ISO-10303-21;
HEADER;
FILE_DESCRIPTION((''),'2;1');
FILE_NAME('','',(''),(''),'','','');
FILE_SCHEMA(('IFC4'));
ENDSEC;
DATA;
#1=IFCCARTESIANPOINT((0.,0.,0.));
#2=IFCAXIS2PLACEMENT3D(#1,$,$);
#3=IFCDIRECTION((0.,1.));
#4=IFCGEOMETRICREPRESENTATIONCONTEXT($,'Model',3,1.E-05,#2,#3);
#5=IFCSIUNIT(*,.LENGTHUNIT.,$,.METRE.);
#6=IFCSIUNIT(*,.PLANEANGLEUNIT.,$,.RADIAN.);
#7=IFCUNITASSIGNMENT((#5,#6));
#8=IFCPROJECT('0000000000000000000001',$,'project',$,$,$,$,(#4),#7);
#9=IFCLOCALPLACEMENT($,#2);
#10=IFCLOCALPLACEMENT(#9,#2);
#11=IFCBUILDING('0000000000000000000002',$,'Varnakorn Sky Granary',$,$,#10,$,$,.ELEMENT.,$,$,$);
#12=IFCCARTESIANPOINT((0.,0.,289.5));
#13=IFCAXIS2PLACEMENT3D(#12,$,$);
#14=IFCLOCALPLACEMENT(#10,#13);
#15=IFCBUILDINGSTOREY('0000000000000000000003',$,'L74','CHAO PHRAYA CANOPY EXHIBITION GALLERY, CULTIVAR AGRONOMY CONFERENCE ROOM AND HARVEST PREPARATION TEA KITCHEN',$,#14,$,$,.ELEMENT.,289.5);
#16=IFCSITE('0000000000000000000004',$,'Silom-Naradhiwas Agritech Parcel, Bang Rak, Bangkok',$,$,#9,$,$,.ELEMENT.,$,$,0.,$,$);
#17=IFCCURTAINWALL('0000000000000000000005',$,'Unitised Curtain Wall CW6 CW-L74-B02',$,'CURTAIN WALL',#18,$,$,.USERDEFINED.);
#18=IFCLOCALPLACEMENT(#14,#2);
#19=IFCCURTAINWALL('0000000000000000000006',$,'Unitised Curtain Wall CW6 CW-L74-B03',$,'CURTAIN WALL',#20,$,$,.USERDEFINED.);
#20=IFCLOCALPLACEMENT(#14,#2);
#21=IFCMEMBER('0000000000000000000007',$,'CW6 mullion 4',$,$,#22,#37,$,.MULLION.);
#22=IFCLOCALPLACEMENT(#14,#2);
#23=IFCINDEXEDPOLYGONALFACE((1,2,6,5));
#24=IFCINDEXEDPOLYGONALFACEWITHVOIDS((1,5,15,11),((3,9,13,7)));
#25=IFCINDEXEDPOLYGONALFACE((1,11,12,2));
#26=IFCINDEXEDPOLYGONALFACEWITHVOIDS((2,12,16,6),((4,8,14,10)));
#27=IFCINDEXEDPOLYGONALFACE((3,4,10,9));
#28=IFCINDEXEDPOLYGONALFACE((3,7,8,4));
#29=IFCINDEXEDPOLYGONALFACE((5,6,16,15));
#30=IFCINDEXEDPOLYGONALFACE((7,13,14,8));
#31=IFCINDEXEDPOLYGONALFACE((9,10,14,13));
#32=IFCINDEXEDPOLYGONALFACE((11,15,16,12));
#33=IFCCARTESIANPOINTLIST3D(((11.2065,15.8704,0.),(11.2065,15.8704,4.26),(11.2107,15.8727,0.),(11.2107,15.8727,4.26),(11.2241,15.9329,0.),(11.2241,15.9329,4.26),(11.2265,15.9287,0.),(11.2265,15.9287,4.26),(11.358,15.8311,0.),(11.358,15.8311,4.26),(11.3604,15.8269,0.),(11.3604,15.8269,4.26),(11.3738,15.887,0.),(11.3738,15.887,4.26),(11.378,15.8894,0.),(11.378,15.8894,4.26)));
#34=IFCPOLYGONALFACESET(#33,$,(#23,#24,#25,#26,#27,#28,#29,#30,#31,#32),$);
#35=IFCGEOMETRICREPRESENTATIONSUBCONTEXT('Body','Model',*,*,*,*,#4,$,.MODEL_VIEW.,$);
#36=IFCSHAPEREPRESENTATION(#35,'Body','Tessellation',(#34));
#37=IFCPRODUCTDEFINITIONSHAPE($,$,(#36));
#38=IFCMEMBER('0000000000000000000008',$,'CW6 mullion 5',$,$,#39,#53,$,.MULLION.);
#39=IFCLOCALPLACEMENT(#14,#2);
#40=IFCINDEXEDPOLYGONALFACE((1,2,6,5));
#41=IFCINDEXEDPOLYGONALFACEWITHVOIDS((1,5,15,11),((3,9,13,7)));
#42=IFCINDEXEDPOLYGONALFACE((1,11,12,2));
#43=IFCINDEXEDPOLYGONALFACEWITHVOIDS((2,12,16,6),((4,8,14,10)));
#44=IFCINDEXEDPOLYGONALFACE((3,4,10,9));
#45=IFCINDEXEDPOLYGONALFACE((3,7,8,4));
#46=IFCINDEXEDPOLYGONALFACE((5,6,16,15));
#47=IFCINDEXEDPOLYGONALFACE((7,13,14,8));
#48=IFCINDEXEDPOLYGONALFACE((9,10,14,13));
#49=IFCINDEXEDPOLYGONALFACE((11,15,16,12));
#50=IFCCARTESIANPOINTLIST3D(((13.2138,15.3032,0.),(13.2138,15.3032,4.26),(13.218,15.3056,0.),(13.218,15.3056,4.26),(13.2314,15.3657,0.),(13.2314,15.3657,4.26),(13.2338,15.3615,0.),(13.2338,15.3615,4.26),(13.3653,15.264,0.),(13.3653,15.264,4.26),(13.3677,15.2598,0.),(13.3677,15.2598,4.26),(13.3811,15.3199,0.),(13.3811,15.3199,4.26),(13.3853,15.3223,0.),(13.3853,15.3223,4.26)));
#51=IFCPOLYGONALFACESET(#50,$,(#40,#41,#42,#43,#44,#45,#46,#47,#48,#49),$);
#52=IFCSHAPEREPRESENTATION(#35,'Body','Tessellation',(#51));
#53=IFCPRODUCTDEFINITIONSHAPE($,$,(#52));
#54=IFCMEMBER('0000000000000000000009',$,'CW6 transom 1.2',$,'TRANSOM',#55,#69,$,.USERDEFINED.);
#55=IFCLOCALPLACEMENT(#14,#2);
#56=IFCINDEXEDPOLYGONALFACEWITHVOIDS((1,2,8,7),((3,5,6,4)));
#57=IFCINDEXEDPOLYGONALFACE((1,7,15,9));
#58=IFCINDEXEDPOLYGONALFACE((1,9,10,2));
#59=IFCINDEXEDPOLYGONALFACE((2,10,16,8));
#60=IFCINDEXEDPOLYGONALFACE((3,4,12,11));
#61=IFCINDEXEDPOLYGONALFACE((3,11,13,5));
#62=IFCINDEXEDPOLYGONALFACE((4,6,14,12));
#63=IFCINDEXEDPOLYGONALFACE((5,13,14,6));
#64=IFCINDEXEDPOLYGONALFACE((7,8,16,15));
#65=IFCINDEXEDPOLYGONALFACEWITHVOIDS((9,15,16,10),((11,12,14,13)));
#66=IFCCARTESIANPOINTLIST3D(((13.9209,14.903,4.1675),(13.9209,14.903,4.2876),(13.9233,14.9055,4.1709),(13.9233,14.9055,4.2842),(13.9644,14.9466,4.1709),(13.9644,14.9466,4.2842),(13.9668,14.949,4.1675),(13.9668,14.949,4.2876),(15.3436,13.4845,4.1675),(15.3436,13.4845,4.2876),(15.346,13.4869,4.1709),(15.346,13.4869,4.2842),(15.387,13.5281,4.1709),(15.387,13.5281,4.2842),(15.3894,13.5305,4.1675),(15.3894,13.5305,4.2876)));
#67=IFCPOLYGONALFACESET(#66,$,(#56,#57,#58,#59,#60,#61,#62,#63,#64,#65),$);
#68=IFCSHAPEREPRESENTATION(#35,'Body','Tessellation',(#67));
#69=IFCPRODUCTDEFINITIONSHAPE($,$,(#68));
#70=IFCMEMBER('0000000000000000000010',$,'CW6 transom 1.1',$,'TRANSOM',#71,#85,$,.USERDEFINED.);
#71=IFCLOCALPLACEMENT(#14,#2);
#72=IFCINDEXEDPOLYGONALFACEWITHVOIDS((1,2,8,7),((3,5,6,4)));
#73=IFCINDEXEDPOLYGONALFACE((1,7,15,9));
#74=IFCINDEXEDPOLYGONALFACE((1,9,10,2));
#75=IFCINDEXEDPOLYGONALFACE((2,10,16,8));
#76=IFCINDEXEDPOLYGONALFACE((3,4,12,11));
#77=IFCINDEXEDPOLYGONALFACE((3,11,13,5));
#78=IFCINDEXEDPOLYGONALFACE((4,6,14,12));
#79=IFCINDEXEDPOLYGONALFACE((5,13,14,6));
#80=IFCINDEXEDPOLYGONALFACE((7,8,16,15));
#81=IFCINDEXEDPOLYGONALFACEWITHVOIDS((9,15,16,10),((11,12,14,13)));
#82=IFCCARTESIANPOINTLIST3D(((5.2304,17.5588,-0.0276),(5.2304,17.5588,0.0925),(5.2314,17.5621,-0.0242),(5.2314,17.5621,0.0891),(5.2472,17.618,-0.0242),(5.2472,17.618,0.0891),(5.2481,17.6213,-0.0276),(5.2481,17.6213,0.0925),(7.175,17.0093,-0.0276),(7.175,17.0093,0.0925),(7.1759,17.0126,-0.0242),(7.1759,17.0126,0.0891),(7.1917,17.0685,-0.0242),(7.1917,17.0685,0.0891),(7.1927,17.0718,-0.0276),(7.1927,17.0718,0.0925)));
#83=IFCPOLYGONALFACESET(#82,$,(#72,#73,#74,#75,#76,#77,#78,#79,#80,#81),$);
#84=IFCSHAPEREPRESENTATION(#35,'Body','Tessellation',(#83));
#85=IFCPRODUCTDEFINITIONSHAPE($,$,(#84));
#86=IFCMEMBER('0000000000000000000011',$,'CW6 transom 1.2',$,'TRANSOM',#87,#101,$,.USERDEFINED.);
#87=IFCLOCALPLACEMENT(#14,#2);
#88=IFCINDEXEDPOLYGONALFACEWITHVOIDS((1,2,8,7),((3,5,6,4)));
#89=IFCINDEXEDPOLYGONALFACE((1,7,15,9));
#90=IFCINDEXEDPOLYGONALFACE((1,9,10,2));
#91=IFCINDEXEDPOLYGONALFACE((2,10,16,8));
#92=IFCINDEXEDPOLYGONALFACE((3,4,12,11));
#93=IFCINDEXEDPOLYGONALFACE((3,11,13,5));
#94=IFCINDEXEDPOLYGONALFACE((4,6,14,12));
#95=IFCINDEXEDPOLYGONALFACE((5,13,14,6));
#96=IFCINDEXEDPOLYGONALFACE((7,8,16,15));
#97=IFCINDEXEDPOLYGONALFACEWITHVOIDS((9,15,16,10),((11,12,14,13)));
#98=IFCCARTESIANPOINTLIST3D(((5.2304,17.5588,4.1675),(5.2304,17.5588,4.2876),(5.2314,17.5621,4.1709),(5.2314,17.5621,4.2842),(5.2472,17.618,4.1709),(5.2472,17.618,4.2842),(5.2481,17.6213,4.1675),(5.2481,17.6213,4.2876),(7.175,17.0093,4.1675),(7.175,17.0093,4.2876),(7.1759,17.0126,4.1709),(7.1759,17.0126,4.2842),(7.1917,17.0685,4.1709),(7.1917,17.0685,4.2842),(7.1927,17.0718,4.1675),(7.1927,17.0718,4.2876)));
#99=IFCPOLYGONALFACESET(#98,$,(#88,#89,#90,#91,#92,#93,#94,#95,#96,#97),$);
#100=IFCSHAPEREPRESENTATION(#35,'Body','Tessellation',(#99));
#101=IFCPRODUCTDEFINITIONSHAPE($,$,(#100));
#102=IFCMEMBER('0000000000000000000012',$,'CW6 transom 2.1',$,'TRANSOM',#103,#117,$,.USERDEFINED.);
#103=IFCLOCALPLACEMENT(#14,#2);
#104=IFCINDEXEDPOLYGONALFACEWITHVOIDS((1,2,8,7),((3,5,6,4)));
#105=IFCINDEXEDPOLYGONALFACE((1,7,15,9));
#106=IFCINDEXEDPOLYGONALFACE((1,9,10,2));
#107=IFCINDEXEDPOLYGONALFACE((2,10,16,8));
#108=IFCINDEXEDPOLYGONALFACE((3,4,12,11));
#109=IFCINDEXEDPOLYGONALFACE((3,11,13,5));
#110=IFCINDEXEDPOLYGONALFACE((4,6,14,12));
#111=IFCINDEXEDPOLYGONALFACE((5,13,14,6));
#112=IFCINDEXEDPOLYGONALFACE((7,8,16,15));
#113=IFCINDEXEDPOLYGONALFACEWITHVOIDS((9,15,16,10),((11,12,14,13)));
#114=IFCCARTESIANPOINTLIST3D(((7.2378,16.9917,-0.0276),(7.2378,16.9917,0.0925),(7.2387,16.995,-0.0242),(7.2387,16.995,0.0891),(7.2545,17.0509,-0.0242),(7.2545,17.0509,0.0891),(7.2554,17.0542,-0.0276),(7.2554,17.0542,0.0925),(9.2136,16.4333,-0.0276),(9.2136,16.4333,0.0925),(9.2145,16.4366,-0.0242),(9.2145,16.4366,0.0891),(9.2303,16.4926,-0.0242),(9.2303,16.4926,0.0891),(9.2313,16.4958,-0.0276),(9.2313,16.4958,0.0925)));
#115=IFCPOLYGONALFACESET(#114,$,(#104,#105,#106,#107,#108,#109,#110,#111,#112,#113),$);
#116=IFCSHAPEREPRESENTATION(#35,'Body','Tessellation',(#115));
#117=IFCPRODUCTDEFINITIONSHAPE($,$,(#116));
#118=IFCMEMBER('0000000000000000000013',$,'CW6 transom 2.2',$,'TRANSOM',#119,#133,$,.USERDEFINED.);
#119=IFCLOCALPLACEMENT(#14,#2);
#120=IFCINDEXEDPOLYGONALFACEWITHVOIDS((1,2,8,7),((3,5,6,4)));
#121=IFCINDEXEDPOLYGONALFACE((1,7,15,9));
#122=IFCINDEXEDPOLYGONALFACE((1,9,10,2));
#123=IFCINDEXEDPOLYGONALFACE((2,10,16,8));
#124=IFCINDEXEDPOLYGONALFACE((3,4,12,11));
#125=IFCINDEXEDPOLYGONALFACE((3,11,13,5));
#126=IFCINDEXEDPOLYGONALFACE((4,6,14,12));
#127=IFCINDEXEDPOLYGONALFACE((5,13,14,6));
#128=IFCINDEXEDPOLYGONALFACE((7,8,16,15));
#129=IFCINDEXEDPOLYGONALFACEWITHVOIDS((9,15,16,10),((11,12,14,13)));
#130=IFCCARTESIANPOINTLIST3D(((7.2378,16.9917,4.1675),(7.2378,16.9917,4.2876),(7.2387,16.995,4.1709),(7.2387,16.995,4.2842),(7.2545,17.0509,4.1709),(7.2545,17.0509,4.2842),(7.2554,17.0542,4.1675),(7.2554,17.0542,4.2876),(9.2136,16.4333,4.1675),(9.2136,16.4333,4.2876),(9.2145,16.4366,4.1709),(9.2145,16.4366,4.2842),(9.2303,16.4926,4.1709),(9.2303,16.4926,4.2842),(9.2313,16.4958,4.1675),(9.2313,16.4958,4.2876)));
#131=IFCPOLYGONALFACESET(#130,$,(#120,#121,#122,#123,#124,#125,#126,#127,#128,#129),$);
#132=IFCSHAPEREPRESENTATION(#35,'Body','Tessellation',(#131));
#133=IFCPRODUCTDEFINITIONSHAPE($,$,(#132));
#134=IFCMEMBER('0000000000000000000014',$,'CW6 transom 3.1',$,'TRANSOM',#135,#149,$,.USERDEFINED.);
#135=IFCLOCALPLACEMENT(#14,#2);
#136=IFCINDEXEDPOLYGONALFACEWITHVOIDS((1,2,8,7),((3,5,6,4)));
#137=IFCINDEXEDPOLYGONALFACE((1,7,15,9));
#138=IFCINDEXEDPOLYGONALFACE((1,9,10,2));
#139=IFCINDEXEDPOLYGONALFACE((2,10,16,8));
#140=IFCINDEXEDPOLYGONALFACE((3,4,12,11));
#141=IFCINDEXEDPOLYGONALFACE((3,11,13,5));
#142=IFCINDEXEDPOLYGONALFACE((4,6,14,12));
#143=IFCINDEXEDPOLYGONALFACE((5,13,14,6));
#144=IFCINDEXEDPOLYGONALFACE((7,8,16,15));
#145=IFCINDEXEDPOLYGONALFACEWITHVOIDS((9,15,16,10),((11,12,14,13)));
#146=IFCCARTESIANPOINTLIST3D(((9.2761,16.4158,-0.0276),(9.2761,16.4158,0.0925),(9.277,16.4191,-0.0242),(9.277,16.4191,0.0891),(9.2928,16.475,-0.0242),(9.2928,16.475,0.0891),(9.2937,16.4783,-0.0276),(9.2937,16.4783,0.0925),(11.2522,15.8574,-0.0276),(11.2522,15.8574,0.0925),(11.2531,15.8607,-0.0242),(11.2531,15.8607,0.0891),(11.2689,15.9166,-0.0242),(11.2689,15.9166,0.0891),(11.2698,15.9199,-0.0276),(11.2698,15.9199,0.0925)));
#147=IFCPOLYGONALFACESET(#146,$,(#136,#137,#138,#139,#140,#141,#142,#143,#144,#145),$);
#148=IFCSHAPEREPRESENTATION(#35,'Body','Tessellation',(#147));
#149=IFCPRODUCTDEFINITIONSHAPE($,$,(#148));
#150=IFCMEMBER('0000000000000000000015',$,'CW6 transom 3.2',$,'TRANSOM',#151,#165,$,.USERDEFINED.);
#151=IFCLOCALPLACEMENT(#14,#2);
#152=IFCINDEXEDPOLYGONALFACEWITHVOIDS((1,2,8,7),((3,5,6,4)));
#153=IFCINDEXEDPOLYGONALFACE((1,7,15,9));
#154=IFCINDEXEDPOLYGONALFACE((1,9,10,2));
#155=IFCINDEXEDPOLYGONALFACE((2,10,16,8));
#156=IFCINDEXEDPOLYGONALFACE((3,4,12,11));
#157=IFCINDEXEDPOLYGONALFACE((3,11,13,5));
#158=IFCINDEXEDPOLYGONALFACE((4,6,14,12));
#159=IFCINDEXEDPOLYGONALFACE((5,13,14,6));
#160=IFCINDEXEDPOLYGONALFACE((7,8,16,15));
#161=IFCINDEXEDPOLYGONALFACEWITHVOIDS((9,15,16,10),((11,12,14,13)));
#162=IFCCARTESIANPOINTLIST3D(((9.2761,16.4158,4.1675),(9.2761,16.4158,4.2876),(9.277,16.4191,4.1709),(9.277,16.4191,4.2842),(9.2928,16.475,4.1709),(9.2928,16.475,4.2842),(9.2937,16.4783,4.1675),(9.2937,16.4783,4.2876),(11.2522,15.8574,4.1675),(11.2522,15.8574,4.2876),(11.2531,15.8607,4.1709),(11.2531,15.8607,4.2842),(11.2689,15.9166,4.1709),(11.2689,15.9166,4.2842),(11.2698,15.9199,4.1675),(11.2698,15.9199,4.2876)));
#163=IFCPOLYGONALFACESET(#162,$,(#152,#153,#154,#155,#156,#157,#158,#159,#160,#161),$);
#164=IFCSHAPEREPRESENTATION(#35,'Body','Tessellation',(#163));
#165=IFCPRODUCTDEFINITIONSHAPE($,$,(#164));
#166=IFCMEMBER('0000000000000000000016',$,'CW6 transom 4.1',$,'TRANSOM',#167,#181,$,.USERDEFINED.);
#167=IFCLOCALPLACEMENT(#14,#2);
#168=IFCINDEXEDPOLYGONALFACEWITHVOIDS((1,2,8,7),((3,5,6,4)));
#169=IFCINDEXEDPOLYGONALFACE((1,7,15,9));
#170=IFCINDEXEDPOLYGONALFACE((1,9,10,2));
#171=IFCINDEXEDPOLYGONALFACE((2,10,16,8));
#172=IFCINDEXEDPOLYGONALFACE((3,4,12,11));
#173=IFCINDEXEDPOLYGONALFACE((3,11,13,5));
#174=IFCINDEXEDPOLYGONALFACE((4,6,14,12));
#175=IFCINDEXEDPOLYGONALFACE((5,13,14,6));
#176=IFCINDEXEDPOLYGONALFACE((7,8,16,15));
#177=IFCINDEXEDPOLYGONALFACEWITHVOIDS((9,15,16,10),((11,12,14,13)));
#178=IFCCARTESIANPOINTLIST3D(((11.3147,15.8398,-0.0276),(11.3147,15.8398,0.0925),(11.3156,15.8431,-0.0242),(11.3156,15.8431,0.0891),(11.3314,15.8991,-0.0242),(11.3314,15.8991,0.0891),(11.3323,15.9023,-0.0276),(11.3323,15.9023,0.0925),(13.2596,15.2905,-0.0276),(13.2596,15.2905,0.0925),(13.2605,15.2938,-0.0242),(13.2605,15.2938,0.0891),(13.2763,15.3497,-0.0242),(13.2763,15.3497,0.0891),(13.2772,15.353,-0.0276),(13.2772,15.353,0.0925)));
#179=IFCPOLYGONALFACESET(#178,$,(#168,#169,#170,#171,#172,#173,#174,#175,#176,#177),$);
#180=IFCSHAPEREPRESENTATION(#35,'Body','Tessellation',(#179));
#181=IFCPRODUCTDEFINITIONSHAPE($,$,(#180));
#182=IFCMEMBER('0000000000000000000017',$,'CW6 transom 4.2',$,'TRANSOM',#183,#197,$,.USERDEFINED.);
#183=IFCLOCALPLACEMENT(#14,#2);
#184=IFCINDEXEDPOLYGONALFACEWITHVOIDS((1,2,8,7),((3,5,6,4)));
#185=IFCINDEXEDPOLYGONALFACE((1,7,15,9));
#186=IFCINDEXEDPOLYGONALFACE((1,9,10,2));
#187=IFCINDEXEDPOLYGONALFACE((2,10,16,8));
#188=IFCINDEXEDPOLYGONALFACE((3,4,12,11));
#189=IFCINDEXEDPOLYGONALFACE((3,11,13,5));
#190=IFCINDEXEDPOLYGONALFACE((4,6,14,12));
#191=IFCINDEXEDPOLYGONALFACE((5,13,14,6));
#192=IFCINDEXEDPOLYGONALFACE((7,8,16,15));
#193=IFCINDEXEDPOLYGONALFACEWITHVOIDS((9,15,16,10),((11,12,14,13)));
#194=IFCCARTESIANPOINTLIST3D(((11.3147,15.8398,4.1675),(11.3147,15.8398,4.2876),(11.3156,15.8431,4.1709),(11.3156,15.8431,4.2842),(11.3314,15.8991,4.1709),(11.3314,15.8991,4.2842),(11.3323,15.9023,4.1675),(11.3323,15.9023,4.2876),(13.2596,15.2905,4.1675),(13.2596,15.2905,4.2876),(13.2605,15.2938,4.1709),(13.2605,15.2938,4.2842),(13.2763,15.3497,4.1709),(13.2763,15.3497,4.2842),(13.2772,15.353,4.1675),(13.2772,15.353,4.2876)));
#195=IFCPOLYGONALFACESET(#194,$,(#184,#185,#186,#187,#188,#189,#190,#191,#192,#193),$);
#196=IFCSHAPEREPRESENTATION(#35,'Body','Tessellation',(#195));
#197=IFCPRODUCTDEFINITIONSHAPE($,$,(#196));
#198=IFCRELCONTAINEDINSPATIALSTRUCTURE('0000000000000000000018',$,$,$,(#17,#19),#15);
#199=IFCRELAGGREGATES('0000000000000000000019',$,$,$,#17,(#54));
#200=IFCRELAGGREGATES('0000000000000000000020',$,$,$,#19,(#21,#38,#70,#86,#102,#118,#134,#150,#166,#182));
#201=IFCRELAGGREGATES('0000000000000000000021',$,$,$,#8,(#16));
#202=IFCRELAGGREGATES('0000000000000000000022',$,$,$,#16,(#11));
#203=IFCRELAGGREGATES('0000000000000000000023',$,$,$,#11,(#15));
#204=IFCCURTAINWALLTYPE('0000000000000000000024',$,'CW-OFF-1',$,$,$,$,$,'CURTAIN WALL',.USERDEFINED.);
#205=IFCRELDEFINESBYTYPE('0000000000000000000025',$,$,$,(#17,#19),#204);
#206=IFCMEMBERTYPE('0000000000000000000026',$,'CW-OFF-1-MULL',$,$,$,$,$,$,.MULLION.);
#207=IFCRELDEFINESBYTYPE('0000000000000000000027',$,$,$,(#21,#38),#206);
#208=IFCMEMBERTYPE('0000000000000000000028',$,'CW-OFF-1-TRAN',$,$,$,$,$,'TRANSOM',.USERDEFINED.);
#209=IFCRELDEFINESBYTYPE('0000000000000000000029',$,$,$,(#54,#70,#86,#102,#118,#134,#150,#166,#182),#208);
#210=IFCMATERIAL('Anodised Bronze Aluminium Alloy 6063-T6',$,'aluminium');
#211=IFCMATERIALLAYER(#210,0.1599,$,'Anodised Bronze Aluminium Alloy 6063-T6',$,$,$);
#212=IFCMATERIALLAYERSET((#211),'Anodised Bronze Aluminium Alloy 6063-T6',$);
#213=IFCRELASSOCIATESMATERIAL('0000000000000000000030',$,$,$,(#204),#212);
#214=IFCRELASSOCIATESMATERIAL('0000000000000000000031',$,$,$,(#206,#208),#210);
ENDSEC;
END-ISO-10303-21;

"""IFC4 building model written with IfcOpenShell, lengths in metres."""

from ifc_helpers import new_model, si_unit, direction, frame, origin, origin_2d, place, context, subcontext, project, spatial, hollow_rectangle, extrude, material, layer, layer_set, material_profile, profile_set, type_object, element, aggregate, save


model = new_model("IFC4")

# Units and contexts
model_context = context("Model", 3, precision=1e-05, world=origin(), true_north=direction((0.0, 1.0)))
body_context = subcontext(model_context, "Body", "Model", "MODEL_VIEW")
ifc_project = project(units=[si_unit("LENGTHUNIT", "METRE"), si_unit("PLANEANGLEUNIT", "RADIAN")], contexts=[model_context])

# Site, building, storey
site_placement = place(None, origin())
site = spatial("IfcSite", under=ifc_project, at=site_placement, Name="Silom-Naradhiwas Agritech Parcel, Bang Rak, Bangkok", CompositionType="ELEMENT", RefElevation=0.0)
building_placement = place(site_placement, origin())
building = spatial("IfcBuilding", under=site, at=building_placement, Name="Varnakorn Sky Granary", CompositionType="ELEMENT")
storey_placement = place(building_placement, frame((0.0, 0.0, 289.5)))
storey = spatial("IfcBuildingStorey", under=building, at=storey_placement, Name="L74", Description="CHAO PHRAYA CANOPY EXHIBITION GALLERY, CULTIVAR AGRONOMY CONFERENCE ROOM AND HARVEST PREPARATION TEA KITCHEN", CompositionType="ELEMENT", Elevation=289.5)

# Curtain wall
ifc_material_1 = material(Name="Anodised Bronze Aluminium Alloy 6063-T6", Category="aluminium")
ifc_layer_1 = layer(ifc_material_1, 0.1599, Name="Anodised Bronze Aluminium Alloy 6063-T6")
ifc_layer_set_1 = layer_set([ifc_layer_1], Name="Anodised Bronze Aluminium Alloy 6063-T6")
curtain_wall_type = type_object("IfcCurtainWallType", Name="CW-OFF-1", ElementType="CURTAIN WALL", PredefinedType="USERDEFINED", material=ifc_layer_set_1)
curtain_wall_1_placement = place(storey_placement, origin())
curtain_wall_1 = element("IfcCurtainWall", 1, at=curtain_wall_1_placement, inside=storey, type_object=curtain_wall_type, Name="Unitised Curtain Wall CW6 CW-L74-B02", ObjectType="CURTAIN WALL", PredefinedType="USERDEFINED")
ifc_material_profile_1 = material_profile(ifc_material_1, hollow_rectangle(XDim=0.0649, YDim=0.1599, WallThickness=0.0034, at=origin_2d()), Name="ALU MULL 65x160")
ifc_profile_set_1 = profile_set([ifc_material_profile_1], Name="Anodised Bronze Aluminium Alloy 6063-T6")
member_type_1 = type_object("IfcMemberType", Name="CW-OFF-1-MULL", PredefinedType="MULLION", material=ifc_profile_set_1)

# Curtain wall, members
curtain_wall_2_placement = place(storey_placement, origin())
curtain_wall_2 = element("IfcCurtainWall", 2, at=curtain_wall_2_placement, inside=storey, type_object=curtain_wall_type, Name="Unitised Curtain Wall CW6 CW-L74-B03", ObjectType="CURTAIN WALL", PredefinedType="USERDEFINED")
member_1_placement = place(storey_placement, frame((11.2922, 15.8799, 0.0), z_axis=(0.0, 0.0, 1.0), x_axis=(0.271878, 0.962332, 0.0)))
member_1 = element("IfcMember", 3, at=member_1_placement, type_object=member_type_1, Name="CW6 mullion 4", PredefinedType="MULLION", context=body_context, shape_type="SweptSolid", body=[
    extrude(hollow_rectangle(XDim=0.0649, YDim=0.1599, WallThickness=0.0034, at=origin_2d()), origin(), (0.0, 0.0, 1.0), 4.26),
])
member_2_placement = place(storey_placement, frame((13.2996, 15.3127, 0.0), z_axis=(0.0, 0.0, 1.0), x_axis=(0.271878, 0.962332, 0.0)))
member_2 = element("IfcMember", 4, at=member_2_placement, type_object=member_type_1, Name="CW6 mullion 5", PredefinedType="MULLION", context=body_context, shape_type="SweptSolid", body=[
    extrude(hollow_rectangle(XDim=0.0649, YDim=0.1599, WallThickness=0.0034, at=origin_2d()), origin(), (0.0, 0.0, 1.0), 4.26),
])

# Members
ifc_material_profile_2 = material_profile(ifc_material_1, hollow_rectangle(XDim=0.0649, YDim=0.1201, WallThickness=0.0034, at=origin_2d()), Name="ALU TRAN 65x120")
ifc_profile_set_2 = profile_set([ifc_material_profile_2], Name="Anodised Bronze Aluminium Alloy 6063-T6")
member_type_2 = type_object("IfcMemberType", Name="CW-OFF-1-TRAN", ElementType="TRANSOM", PredefinedType="USERDEFINED", material=ifc_profile_set_2)
member_3_placement = place(storey_placement, frame((13.9438, 14.926, 4.2275), z_axis=(0.708139, -0.706073, 0.0), x_axis=(0.706073, 0.708139, 0.0)))
member_3 = element("IfcMember", 5, at=member_3_placement, type_object=member_type_2, Name="CW6 transom 1.2", ObjectType="TRANSOM", PredefinedType="USERDEFINED", context=body_context, shape_type="SweptSolid", body=[
    extrude(hollow_rectangle(XDim=0.0649, YDim=0.1201, WallThickness=0.0034, at=origin_2d()), origin(), (0.0, 0.0, 1.0), 2.009),
])
aggregate(curtain_wall_1, [member_3])
member_4_placement = place(storey_placement, frame((5.2393, 17.5901, 0.0325), z_axis=(0.962309, -0.271959, 0.0), x_axis=(0.271959, 0.962309, 0.0)))
member_4 = element("IfcMember", 6, at=member_4_placement, type_object=member_type_2, Name="CW6 transom 1.1", ObjectType="TRANSOM", PredefinedType="USERDEFINED", context=body_context, shape_type="SweptSolid", body=[
    extrude(hollow_rectangle(XDim=0.0649, YDim=0.1201, WallThickness=0.0034, at=origin_2d()), origin(), (0.0, 0.0, 1.0), 2.0208),
])
member_5_placement = place(storey_placement, frame((5.2393, 17.5901, 4.2275), z_axis=(0.962309, -0.271959, 0.0), x_axis=(0.271959, 0.962309, 0.0)))
member_5 = element("IfcMember", 7, at=member_5_placement, type_object=member_type_2, Name="CW6 transom 1.2", ObjectType="TRANSOM", PredefinedType="USERDEFINED", context=body_context, shape_type="SweptSolid", body=[
    extrude(hollow_rectangle(XDim=0.0649, YDim=0.1201, WallThickness=0.0034, at=origin_2d()), origin(), (0.0, 0.0, 1.0), 2.0208),
])
member_6_placement = place(storey_placement, frame((7.2466, 17.0229, 0.0325), z_axis=(0.962314, -0.27194, 0.0), x_axis=(0.27194, 0.962314, 0.0)))
member_6 = element("IfcMember", 8, at=member_6_placement, type_object=member_type_2, Name="CW6 transom 2.1", ObjectType="TRANSOM", PredefinedType="USERDEFINED", context=body_context, shape_type="SweptSolid", body=[
    extrude(hollow_rectangle(XDim=0.0649, YDim=0.1201, WallThickness=0.0034, at=origin_2d()), origin(), (0.0, 0.0, 1.0), 2.0532),
])
member_7_placement = place(storey_placement, frame((7.2466, 17.0229, 4.2275), z_axis=(0.962314, -0.27194, 0.0), x_axis=(0.27194, 0.962314, 0.0)))
member_7 = element("IfcMember", 9, at=member_7_placement, type_object=member_type_2, Name="CW6 transom 2.2", ObjectType="TRANSOM", PredefinedType="USERDEFINED", context=body_context, shape_type="SweptSolid", body=[
    extrude(hollow_rectangle(XDim=0.0649, YDim=0.1201, WallThickness=0.0034, at=origin_2d()), origin(), (0.0, 0.0, 1.0), 2.0532),
])
member_8_placement = place(storey_placement, frame((9.2849, 16.447, 0.0325), z_axis=(0.962323, -0.271909, 0.0), x_axis=(0.271909, 0.962323, 0.0)))
member_8 = element("IfcMember", 10, at=member_8_placement, type_object=member_type_2, Name="CW6 transom 3.1", ObjectType="TRANSOM", PredefinedType="USERDEFINED", context=body_context, shape_type="SweptSolid", body=[
    extrude(hollow_rectangle(XDim=0.0649, YDim=0.1201, WallThickness=0.0034, at=origin_2d()), origin(), (0.0, 0.0, 1.0), 2.0535),
])
member_9_placement = place(storey_placement, frame((9.2849, 16.447, 4.2275), z_axis=(0.962323, -0.271909, 0.0), x_axis=(0.271909, 0.962323, 0.0)))
member_9 = element("IfcMember", 11, at=member_9_placement, type_object=member_type_2, Name="CW6 transom 3.2", ObjectType="TRANSOM", PredefinedType="USERDEFINED", context=body_context, shape_type="SweptSolid", body=[
    extrude(hollow_rectangle(XDim=0.0649, YDim=0.1201, WallThickness=0.0034, at=origin_2d()), origin(), (0.0, 0.0, 1.0), 2.0535),
])
member_10_placement = place(storey_placement, frame((11.3235, 15.8711, 0.0325), z_axis=(0.962349, -0.271816, 0.0), x_axis=(0.271816, 0.962349, 0.0)))
member_10 = element("IfcMember", 12, at=member_10_placement, type_object=member_type_2, Name="CW6 transom 4.1", ObjectType="TRANSOM", PredefinedType="USERDEFINED", context=body_context, shape_type="SweptSolid", body=[
    extrude(hollow_rectangle(XDim=0.0649, YDim=0.1201, WallThickness=0.0034, at=origin_2d()), origin(), (0.0, 0.0, 1.0), 2.021),
])
member_11_placement = place(storey_placement, frame((11.3235, 15.8711, 4.2275), z_axis=(0.962349, -0.271816, 0.0), x_axis=(0.271816, 0.962349, 0.0)))
member_11 = element("IfcMember", 13, at=member_11_placement, type_object=member_type_2, Name="CW6 transom 4.2", ObjectType="TRANSOM", PredefinedType="USERDEFINED", context=body_context, shape_type="SweptSolid", body=[
    extrude(hollow_rectangle(XDim=0.0649, YDim=0.1201, WallThickness=0.0034, at=origin_2d()), origin(), (0.0, 0.0, 1.0), 2.021),
])

aggregate(curtain_wall_2, [member_1, member_2, member_4, member_5, member_6, member_7, member_8, member_9, member_10, member_11])

save(model, "model.ifc")
